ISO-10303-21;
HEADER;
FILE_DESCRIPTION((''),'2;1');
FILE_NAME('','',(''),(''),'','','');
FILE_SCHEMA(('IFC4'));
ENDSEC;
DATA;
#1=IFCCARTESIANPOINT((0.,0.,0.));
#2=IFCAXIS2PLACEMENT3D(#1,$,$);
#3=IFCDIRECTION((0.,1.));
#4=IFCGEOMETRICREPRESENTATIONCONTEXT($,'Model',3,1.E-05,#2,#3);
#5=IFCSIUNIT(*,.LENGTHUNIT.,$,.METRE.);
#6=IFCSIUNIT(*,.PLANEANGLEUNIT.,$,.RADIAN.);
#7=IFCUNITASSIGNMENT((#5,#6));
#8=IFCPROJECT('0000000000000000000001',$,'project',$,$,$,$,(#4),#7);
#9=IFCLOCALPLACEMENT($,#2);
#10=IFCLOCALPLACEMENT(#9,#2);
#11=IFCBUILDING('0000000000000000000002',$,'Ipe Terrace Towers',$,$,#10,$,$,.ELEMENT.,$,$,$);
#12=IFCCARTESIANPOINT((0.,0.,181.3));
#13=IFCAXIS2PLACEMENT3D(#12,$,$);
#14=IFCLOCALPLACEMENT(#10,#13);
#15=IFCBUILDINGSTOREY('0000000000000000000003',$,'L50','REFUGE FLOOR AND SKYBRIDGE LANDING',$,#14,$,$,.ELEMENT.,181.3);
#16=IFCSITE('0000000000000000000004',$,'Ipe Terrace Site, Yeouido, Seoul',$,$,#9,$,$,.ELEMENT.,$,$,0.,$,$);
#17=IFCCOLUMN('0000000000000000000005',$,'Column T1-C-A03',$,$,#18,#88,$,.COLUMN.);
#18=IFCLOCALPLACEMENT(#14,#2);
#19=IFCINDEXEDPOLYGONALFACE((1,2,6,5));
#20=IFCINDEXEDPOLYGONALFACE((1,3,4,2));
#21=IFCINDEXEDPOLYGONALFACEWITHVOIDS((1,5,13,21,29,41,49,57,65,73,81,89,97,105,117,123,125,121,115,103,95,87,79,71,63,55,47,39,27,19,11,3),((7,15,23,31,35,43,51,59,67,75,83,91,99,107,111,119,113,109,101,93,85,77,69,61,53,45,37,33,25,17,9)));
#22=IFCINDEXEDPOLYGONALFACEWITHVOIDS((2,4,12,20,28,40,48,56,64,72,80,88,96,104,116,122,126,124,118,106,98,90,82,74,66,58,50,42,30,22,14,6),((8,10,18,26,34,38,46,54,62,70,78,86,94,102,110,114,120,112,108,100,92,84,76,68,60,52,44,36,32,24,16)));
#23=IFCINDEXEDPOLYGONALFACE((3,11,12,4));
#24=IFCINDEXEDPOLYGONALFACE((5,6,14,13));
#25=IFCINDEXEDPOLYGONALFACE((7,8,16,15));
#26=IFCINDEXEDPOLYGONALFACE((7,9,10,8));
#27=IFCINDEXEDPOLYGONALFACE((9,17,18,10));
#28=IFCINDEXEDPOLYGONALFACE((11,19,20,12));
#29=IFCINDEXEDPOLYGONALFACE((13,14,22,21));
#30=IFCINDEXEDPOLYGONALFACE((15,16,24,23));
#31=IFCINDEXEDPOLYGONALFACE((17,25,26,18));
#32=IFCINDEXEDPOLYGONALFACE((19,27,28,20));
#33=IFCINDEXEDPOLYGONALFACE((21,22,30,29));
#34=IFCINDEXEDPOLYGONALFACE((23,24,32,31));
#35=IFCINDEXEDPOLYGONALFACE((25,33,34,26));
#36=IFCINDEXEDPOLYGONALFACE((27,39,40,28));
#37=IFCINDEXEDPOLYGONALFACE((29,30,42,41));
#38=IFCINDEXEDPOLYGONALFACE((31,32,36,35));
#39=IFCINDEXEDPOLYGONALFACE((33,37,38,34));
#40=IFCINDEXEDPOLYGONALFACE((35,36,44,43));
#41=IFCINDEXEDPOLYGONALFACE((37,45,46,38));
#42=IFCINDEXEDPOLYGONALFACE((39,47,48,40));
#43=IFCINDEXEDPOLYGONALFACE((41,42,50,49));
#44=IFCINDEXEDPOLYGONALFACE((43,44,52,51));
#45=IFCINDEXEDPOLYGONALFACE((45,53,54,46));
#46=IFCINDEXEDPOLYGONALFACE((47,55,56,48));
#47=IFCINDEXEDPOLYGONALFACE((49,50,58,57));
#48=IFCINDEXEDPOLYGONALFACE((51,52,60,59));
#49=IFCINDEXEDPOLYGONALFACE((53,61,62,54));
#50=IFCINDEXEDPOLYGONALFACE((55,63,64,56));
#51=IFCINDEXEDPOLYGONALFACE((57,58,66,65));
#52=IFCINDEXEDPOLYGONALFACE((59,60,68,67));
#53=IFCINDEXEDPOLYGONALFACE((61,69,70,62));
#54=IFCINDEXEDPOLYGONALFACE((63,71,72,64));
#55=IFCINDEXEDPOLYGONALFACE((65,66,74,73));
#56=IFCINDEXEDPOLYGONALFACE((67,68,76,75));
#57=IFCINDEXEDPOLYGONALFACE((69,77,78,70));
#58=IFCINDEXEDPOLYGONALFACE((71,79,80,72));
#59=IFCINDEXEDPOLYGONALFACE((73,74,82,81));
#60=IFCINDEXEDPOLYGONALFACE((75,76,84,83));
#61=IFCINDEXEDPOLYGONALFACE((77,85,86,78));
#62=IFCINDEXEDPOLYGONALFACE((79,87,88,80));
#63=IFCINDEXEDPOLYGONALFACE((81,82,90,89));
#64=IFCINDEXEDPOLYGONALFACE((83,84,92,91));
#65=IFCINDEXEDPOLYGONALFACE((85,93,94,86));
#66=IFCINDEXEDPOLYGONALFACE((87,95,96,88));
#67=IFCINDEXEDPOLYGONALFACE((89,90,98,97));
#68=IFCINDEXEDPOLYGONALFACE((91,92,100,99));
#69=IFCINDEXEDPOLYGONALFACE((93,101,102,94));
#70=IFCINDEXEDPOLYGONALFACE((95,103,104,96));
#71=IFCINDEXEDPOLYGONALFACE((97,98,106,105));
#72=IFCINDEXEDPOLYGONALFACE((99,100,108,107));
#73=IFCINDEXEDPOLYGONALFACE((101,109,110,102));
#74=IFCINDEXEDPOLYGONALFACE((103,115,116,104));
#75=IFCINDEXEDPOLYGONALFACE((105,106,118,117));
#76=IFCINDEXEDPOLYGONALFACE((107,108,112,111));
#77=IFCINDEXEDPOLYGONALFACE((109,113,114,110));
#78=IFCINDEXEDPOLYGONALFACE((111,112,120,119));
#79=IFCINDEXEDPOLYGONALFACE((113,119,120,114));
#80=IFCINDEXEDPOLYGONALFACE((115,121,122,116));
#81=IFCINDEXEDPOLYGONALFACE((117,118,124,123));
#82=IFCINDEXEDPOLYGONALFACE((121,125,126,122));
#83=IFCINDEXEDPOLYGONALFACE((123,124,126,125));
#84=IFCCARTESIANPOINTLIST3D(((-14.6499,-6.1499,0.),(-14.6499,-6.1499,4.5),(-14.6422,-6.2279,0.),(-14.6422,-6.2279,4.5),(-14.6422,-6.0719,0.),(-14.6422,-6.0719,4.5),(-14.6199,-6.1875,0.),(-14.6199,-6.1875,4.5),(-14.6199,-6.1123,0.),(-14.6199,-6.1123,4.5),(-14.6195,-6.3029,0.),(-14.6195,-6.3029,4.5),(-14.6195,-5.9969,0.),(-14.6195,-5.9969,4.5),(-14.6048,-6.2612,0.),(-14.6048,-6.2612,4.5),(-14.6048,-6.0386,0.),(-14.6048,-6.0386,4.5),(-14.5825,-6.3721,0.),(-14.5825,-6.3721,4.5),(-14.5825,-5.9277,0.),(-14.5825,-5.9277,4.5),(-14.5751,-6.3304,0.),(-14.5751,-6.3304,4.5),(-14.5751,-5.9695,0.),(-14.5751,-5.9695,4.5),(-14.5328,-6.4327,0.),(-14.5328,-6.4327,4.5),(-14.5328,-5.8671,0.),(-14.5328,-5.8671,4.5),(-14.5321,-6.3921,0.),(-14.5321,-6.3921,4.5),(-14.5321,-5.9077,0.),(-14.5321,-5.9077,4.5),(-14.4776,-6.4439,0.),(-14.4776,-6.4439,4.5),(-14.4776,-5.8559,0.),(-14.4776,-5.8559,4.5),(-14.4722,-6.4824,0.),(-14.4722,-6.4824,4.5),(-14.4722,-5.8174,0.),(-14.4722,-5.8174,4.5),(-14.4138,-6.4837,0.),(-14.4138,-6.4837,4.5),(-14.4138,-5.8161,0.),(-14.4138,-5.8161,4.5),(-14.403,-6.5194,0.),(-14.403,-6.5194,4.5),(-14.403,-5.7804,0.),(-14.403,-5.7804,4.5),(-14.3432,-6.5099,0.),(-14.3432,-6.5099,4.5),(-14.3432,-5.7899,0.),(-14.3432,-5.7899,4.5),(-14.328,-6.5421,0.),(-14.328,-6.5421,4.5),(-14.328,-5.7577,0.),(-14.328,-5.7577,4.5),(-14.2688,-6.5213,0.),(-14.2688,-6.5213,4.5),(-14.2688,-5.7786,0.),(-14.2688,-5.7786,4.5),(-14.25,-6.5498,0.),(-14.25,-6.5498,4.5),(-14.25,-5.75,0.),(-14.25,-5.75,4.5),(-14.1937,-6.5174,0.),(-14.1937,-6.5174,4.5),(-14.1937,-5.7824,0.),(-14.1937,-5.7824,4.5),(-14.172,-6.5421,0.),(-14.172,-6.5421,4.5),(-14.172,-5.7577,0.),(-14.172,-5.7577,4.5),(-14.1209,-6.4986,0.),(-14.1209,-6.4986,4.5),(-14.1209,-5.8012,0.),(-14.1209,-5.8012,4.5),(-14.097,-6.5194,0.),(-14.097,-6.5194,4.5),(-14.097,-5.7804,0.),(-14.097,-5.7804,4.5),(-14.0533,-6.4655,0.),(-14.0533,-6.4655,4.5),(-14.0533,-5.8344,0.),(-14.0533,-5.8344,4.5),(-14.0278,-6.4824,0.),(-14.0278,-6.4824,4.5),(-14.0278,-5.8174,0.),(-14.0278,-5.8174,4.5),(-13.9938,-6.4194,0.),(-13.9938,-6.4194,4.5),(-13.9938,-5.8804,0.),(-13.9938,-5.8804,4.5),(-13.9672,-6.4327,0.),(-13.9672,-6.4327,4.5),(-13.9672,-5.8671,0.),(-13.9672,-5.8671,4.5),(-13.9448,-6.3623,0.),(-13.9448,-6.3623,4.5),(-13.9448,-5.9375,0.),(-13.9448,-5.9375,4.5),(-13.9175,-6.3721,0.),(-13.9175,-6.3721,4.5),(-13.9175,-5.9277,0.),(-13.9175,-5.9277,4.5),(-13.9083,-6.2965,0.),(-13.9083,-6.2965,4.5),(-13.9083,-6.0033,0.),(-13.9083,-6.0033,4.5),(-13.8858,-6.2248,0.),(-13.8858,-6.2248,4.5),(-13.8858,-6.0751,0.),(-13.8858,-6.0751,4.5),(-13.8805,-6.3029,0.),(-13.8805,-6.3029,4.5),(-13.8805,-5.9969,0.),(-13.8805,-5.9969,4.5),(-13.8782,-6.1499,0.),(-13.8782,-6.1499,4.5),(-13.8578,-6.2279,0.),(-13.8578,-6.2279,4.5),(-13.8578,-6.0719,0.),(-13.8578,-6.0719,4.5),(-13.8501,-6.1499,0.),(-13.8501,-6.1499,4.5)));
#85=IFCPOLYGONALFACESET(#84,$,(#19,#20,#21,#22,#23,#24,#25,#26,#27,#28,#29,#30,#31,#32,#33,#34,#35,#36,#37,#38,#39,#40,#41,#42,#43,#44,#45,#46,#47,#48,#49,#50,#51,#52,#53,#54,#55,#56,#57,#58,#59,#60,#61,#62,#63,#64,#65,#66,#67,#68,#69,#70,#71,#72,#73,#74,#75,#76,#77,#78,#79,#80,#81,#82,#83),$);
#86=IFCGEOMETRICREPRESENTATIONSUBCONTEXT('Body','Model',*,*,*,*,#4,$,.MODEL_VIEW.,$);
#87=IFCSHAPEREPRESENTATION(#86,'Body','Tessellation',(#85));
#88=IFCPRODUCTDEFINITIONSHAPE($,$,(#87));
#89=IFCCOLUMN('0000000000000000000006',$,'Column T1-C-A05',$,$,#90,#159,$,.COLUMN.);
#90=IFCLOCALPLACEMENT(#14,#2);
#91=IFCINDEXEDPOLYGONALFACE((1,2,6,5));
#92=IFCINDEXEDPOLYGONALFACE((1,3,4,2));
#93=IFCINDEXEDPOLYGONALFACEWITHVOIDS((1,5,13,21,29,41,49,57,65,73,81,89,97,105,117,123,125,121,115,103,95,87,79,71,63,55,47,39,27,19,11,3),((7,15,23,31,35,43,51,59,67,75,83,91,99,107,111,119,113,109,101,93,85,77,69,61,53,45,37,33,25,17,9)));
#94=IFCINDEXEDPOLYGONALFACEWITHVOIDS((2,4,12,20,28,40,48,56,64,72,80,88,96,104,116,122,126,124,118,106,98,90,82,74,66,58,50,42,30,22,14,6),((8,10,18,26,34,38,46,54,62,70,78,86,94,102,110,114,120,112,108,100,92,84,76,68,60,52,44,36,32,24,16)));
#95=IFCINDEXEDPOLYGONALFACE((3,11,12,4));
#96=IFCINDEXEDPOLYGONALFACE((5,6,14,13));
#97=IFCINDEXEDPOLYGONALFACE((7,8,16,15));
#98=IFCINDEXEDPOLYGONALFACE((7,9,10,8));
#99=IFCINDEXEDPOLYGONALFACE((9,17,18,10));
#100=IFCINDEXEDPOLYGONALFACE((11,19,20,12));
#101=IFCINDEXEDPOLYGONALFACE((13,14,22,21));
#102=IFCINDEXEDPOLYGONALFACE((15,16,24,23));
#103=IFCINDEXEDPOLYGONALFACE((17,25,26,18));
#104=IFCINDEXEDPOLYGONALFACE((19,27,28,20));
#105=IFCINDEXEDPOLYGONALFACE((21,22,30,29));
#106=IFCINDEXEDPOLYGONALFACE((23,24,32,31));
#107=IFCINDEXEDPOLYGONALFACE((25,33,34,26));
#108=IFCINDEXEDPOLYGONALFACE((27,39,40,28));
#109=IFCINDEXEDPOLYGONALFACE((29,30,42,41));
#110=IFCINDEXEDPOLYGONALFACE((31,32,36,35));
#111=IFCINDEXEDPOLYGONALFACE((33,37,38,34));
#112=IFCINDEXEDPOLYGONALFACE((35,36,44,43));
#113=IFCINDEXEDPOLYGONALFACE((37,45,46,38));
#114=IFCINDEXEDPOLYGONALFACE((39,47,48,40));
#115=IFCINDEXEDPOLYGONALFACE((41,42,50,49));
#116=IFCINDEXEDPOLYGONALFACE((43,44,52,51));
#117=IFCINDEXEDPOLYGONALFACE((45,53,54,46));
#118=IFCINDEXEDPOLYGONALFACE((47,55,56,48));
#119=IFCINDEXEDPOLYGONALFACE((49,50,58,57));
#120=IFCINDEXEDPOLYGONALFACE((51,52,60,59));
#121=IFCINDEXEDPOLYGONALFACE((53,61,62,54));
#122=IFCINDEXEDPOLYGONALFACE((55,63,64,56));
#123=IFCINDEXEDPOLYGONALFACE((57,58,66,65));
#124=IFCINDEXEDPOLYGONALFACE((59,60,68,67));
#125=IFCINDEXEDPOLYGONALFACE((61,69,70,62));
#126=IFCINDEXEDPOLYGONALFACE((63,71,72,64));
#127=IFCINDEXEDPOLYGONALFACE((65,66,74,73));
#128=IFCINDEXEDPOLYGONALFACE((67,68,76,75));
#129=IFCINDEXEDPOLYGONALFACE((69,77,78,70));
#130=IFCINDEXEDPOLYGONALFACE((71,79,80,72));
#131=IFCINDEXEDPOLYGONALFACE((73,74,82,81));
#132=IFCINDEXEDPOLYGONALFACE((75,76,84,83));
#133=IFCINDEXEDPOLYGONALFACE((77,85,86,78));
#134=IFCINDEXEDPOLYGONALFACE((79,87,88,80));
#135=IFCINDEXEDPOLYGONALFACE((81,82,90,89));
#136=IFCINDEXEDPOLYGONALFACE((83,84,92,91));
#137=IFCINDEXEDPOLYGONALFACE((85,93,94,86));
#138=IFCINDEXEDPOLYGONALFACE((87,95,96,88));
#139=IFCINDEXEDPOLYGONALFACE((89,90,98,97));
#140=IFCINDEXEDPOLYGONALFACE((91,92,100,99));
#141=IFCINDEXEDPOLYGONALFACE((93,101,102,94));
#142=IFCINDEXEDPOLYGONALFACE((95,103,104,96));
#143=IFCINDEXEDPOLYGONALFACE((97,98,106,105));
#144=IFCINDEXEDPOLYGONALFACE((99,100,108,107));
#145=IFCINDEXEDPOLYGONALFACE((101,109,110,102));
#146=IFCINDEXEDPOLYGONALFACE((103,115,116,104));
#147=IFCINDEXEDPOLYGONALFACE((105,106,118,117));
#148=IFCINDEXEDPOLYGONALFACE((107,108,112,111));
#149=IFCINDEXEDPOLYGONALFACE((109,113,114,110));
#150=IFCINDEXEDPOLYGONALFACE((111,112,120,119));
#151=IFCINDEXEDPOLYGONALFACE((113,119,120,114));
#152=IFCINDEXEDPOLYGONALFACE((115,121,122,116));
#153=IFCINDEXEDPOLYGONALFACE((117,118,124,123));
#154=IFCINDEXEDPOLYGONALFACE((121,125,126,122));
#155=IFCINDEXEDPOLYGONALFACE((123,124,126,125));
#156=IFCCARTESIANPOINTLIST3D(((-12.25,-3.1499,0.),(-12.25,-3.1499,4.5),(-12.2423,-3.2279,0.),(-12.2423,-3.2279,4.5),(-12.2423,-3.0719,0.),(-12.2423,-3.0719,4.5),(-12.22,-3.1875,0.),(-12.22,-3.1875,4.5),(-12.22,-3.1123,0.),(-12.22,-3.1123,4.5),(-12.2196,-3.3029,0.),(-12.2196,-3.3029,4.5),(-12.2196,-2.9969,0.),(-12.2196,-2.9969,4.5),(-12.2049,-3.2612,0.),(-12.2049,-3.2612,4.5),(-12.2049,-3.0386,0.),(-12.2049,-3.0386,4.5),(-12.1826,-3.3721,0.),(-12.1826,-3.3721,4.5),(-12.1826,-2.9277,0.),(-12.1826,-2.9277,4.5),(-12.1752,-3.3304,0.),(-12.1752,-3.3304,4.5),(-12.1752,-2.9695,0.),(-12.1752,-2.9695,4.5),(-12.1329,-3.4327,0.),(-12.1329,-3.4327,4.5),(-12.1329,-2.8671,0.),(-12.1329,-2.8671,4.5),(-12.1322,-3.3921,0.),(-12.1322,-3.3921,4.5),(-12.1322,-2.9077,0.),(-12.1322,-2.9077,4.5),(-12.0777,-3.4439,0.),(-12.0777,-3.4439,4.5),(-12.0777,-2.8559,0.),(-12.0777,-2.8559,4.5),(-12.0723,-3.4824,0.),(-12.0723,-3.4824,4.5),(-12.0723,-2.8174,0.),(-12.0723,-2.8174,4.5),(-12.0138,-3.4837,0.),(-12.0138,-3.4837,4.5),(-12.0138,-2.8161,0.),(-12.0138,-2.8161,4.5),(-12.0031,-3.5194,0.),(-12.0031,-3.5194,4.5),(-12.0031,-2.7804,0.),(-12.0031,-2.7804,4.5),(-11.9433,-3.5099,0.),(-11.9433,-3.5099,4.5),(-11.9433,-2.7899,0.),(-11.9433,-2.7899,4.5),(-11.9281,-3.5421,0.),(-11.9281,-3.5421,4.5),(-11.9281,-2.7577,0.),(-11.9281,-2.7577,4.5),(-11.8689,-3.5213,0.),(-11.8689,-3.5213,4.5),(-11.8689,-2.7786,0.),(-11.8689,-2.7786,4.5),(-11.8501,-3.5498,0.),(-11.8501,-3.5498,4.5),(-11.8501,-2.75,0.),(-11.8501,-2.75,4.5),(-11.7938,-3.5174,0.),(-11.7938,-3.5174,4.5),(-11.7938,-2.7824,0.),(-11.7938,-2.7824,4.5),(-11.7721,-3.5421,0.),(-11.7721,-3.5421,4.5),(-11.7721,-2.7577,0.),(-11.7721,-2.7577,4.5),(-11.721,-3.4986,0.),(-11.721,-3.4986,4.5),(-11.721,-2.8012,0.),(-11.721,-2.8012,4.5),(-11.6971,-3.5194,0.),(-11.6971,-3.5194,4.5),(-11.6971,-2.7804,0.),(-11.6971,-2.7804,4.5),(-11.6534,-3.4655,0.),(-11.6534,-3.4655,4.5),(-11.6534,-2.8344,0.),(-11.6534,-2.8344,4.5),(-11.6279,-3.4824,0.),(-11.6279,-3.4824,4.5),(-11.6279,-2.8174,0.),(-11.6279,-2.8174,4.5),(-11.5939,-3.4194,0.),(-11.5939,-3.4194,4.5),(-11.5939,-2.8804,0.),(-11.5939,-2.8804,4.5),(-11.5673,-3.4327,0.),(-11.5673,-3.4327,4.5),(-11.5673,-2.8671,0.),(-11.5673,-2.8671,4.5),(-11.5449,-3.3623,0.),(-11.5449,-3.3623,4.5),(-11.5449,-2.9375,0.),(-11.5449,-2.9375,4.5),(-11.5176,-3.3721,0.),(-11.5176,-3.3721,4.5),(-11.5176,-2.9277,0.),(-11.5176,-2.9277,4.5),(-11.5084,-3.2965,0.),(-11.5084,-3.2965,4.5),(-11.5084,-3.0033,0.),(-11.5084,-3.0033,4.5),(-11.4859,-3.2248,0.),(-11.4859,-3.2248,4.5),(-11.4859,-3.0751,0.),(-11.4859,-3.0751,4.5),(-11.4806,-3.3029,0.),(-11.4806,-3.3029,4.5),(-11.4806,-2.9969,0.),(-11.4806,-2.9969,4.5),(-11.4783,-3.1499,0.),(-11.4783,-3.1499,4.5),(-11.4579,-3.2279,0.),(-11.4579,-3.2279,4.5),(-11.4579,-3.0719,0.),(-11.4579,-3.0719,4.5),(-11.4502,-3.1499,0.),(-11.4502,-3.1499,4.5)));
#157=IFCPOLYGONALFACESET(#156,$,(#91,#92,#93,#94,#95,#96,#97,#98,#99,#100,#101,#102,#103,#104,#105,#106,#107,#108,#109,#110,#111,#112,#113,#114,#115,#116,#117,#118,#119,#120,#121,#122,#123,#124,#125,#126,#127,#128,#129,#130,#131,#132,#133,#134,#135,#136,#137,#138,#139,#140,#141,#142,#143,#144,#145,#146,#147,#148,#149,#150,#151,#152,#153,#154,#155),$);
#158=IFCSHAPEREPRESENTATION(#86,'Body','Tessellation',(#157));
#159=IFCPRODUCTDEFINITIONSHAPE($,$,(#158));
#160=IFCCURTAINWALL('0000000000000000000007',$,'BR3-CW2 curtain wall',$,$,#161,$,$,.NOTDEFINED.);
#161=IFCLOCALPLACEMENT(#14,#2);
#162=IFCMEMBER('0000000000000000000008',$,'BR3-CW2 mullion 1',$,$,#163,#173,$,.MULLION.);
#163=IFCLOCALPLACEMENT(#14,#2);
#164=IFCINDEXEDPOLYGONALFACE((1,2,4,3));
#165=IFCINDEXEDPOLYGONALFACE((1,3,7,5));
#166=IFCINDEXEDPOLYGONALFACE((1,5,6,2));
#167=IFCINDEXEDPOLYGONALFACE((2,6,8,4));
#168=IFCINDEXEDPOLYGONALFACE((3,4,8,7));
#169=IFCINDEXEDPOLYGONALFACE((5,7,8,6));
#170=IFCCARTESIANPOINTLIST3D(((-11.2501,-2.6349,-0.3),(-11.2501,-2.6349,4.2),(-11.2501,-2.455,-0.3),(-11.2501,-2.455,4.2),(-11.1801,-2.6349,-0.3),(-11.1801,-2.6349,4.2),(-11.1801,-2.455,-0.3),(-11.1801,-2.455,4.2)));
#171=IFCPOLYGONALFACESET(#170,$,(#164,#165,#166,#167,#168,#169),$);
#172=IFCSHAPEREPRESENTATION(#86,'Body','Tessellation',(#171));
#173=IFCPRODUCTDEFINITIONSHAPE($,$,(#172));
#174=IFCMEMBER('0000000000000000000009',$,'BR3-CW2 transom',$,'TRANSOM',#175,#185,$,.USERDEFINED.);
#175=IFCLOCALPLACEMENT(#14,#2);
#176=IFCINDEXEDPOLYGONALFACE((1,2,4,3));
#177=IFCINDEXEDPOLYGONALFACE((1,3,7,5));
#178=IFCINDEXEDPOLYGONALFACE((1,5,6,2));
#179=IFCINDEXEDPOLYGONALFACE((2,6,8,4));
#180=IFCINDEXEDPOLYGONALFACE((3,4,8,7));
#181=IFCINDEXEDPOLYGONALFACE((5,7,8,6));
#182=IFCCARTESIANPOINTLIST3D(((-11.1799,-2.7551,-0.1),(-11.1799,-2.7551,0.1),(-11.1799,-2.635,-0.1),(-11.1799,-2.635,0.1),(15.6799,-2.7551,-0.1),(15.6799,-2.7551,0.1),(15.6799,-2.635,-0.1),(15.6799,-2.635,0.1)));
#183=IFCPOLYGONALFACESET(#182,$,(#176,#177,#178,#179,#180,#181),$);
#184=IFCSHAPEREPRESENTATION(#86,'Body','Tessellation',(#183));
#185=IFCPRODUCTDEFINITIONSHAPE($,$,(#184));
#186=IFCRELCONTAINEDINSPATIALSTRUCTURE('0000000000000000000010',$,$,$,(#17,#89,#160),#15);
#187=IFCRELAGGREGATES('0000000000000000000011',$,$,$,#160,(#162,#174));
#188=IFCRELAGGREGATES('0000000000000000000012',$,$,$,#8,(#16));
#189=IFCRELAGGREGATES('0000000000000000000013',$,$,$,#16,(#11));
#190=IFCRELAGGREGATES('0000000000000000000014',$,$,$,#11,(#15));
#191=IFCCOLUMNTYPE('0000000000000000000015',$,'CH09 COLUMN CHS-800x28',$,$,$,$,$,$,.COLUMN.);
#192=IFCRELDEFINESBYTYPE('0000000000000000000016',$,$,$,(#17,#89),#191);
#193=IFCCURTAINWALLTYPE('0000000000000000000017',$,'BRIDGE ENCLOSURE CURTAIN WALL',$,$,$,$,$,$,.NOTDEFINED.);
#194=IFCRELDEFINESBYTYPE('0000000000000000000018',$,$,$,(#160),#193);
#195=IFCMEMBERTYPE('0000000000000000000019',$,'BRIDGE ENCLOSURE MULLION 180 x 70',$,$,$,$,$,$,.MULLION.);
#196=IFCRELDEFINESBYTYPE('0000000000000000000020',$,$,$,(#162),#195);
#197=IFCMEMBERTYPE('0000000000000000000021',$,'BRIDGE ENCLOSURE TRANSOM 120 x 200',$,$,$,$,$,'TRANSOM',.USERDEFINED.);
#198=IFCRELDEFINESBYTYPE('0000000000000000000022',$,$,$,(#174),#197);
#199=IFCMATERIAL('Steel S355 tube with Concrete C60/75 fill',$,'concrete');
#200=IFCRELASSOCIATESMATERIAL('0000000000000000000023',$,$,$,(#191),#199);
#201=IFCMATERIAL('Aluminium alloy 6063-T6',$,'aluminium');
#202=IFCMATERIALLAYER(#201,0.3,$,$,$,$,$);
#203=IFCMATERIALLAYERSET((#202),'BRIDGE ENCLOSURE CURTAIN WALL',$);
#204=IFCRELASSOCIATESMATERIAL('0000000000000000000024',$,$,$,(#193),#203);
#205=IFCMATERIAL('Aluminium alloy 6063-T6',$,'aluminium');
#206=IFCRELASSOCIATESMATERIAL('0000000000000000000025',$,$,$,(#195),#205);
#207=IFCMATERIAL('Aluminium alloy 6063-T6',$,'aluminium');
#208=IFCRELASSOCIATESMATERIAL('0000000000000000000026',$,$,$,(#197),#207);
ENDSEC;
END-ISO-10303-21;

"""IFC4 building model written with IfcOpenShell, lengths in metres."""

from ifc_helpers import new_model, si_unit, direction, frame, origin, origin_2d, place, context, subcontext, project, spatial, rectangle, hollow_circle, extrude, material, layer, layer_set, material_profile, profile_set, type_object, element, aggregate, save


model = new_model("IFC4")

# Units and contexts
model_context = context("Model", 3, precision=1e-05, world=origin(), true_north=direction((0.0, 1.0)))
body_context = subcontext(model_context, "Body", "Model", "MODEL_VIEW")
ifc_project = project(units=[si_unit("LENGTHUNIT", "METRE"), si_unit("PLANEANGLEUNIT", "RADIAN")], contexts=[model_context])

# Site, building, storey
site_placement = place(None, origin())
site = spatial("IfcSite", under=ifc_project, at=site_placement, Name="Ipe Terrace Site, Yeouido, Seoul", CompositionType="ELEMENT", RefElevation=0.0)
building_placement = place(site_placement, origin())
building = spatial("IfcBuilding", under=site, at=building_placement, Name="Ipe Terrace Towers", CompositionType="ELEMENT")
storey_placement = place(building_placement, frame((0.0, 0.0, 181.3)))
storey = spatial("IfcBuildingStorey", under=building, at=storey_placement, Name="L50", Description="REFUGE FLOOR AND SKYBRIDGE LANDING", CompositionType="ELEMENT", Elevation=181.3)

# Columns
ifc_material_1 = material(Name="Steel S355 tube with Concrete C60/75 fill", Category="concrete")
ifc_material_profile_1 = material_profile(ifc_material_1, hollow_circle(Radius=0.3999, WallThickness=0.0281, at=origin_2d()), Name="CHS-800x28")
ifc_profile_set_1 = profile_set([ifc_material_profile_1], Name="Steel S355 tube with Concrete C60/75 fill")
column_type = type_object("IfcColumnType", Name="CH09 COLUMN CHS-800x28", PredefinedType="COLUMN", material=ifc_profile_set_1)
for number, where, z_axis, x_axis, name in (
    (1, (-14.25, -6.1499, 0.0), (0.0, 0.0, 1.0), (1.0, 0.0, 0.0), "Column T1-C-A03"),
    (2, (-11.8501, -3.1499, 0.0), (0.0, 0.0, 1.0), (1.0, 0.0, 0.0), "Column T1-C-A05"),
):
    element("IfcColumn", number, at=place(storey_placement, frame(where, z_axis=z_axis, x_axis=x_axis)), inside=storey, type_object=column_type, Name=name, PredefinedType="COLUMN", context=body_context, shape_type="SweptSolid", body=[
        extrude(hollow_circle(Radius=0.3999, WallThickness=0.0281, at=origin_2d()), origin(), (0.0, 0.0, 1.0), 4.5),
    ])

# Curtain wall, members
ifc_material_2 = material(Name="Aluminium alloy 6063-T6", Category="aluminium")
ifc_layer_1 = layer(ifc_material_2, 0.3)
ifc_layer_set_1 = layer_set([ifc_layer_1], Name="BRIDGE ENCLOSURE CURTAIN WALL")
curtain_wall_type_1 = type_object("IfcCurtainWallType", Name="BRIDGE ENCLOSURE CURTAIN WALL", PredefinedType="NOTDEFINED", material=ifc_layer_set_1)
curtain_wall_1_placement = place(storey_placement, origin())
curtain_wall_1 = element("IfcCurtainWall", 3, at=curtain_wall_1_placement, inside=storey, type_object=curtain_wall_type_1, Name="BR3-CW2 curtain wall", PredefinedType="NOTDEFINED")
ifc_material_3 = material(Name="Aluminium alloy 6063-T6", Category="aluminium")
ifc_material_profile_2 = material_profile(ifc_material_3, rectangle(XDim=0.1799, YDim=0.0701, at=origin_2d()), Name="BRIDGE ENCLOSURE MULLION 180 x 70")
ifc_profile_set_2 = profile_set([ifc_material_profile_2], Name="Aluminium alloy 6063-T6")
member_type_1 = type_object("IfcMemberType", Name="BRIDGE ENCLOSURE MULLION 180 x 70", PredefinedType="MULLION", material=ifc_profile_set_2)
member_1_placement = place(storey_placement, frame((-11.2151, -2.5449, -0.3), z_axis=(0.0, 0.0, 1.0), x_axis=(0.0, -1.0, 0.0)))
member_1 = element("IfcMember", 4, at=member_1_placement, type_object=member_type_1, Name="BR3-CW2 mullion 1", PredefinedType="MULLION", context=body_context, shape_type="SweptSolid", body=[
    extrude(rectangle(XDim=0.1799, YDim=0.0701, at=origin_2d()), origin(), (0.0, 0.0, 1.0), 4.5),
])
ifc_material_4 = material(Name="Aluminium alloy 6063-T6", Category="aluminium")
ifc_material_profile_3 = material_profile(ifc_material_4, rectangle(XDim=0.1201, YDim=0.2, at=origin_2d()), Name="BRIDGE ENCLOSURE TRANSOM 120 x 200")
ifc_profile_set_3 = profile_set([ifc_material_profile_3], Name="Aluminium alloy 6063-T6")
member_type_2 = type_object("IfcMemberType", Name="BRIDGE ENCLOSURE TRANSOM 120 x 200", ElementType="TRANSOM", PredefinedType="USERDEFINED", material=ifc_profile_set_3)
member_2_placement = place(storey_placement, frame((-11.1799, -2.6951, 0.0), z_axis=(1.0, 0.0, 0.0), x_axis=(0.0, -1.0, 0.0)))
member_2 = element("IfcMember", 5, at=member_2_placement, type_object=member_type_2, Name="BR3-CW2 transom", ObjectType="TRANSOM", PredefinedType="USERDEFINED", context=body_context, shape_type="SweptSolid", body=[
    extrude(rectangle(XDim=0.1201, YDim=0.2, at=origin_2d()), origin(), (0.0, 0.0, 1.0), 26.8599),
])
aggregate(curtain_wall_1, [member_1, member_2])

save(model, "model.ifc")
